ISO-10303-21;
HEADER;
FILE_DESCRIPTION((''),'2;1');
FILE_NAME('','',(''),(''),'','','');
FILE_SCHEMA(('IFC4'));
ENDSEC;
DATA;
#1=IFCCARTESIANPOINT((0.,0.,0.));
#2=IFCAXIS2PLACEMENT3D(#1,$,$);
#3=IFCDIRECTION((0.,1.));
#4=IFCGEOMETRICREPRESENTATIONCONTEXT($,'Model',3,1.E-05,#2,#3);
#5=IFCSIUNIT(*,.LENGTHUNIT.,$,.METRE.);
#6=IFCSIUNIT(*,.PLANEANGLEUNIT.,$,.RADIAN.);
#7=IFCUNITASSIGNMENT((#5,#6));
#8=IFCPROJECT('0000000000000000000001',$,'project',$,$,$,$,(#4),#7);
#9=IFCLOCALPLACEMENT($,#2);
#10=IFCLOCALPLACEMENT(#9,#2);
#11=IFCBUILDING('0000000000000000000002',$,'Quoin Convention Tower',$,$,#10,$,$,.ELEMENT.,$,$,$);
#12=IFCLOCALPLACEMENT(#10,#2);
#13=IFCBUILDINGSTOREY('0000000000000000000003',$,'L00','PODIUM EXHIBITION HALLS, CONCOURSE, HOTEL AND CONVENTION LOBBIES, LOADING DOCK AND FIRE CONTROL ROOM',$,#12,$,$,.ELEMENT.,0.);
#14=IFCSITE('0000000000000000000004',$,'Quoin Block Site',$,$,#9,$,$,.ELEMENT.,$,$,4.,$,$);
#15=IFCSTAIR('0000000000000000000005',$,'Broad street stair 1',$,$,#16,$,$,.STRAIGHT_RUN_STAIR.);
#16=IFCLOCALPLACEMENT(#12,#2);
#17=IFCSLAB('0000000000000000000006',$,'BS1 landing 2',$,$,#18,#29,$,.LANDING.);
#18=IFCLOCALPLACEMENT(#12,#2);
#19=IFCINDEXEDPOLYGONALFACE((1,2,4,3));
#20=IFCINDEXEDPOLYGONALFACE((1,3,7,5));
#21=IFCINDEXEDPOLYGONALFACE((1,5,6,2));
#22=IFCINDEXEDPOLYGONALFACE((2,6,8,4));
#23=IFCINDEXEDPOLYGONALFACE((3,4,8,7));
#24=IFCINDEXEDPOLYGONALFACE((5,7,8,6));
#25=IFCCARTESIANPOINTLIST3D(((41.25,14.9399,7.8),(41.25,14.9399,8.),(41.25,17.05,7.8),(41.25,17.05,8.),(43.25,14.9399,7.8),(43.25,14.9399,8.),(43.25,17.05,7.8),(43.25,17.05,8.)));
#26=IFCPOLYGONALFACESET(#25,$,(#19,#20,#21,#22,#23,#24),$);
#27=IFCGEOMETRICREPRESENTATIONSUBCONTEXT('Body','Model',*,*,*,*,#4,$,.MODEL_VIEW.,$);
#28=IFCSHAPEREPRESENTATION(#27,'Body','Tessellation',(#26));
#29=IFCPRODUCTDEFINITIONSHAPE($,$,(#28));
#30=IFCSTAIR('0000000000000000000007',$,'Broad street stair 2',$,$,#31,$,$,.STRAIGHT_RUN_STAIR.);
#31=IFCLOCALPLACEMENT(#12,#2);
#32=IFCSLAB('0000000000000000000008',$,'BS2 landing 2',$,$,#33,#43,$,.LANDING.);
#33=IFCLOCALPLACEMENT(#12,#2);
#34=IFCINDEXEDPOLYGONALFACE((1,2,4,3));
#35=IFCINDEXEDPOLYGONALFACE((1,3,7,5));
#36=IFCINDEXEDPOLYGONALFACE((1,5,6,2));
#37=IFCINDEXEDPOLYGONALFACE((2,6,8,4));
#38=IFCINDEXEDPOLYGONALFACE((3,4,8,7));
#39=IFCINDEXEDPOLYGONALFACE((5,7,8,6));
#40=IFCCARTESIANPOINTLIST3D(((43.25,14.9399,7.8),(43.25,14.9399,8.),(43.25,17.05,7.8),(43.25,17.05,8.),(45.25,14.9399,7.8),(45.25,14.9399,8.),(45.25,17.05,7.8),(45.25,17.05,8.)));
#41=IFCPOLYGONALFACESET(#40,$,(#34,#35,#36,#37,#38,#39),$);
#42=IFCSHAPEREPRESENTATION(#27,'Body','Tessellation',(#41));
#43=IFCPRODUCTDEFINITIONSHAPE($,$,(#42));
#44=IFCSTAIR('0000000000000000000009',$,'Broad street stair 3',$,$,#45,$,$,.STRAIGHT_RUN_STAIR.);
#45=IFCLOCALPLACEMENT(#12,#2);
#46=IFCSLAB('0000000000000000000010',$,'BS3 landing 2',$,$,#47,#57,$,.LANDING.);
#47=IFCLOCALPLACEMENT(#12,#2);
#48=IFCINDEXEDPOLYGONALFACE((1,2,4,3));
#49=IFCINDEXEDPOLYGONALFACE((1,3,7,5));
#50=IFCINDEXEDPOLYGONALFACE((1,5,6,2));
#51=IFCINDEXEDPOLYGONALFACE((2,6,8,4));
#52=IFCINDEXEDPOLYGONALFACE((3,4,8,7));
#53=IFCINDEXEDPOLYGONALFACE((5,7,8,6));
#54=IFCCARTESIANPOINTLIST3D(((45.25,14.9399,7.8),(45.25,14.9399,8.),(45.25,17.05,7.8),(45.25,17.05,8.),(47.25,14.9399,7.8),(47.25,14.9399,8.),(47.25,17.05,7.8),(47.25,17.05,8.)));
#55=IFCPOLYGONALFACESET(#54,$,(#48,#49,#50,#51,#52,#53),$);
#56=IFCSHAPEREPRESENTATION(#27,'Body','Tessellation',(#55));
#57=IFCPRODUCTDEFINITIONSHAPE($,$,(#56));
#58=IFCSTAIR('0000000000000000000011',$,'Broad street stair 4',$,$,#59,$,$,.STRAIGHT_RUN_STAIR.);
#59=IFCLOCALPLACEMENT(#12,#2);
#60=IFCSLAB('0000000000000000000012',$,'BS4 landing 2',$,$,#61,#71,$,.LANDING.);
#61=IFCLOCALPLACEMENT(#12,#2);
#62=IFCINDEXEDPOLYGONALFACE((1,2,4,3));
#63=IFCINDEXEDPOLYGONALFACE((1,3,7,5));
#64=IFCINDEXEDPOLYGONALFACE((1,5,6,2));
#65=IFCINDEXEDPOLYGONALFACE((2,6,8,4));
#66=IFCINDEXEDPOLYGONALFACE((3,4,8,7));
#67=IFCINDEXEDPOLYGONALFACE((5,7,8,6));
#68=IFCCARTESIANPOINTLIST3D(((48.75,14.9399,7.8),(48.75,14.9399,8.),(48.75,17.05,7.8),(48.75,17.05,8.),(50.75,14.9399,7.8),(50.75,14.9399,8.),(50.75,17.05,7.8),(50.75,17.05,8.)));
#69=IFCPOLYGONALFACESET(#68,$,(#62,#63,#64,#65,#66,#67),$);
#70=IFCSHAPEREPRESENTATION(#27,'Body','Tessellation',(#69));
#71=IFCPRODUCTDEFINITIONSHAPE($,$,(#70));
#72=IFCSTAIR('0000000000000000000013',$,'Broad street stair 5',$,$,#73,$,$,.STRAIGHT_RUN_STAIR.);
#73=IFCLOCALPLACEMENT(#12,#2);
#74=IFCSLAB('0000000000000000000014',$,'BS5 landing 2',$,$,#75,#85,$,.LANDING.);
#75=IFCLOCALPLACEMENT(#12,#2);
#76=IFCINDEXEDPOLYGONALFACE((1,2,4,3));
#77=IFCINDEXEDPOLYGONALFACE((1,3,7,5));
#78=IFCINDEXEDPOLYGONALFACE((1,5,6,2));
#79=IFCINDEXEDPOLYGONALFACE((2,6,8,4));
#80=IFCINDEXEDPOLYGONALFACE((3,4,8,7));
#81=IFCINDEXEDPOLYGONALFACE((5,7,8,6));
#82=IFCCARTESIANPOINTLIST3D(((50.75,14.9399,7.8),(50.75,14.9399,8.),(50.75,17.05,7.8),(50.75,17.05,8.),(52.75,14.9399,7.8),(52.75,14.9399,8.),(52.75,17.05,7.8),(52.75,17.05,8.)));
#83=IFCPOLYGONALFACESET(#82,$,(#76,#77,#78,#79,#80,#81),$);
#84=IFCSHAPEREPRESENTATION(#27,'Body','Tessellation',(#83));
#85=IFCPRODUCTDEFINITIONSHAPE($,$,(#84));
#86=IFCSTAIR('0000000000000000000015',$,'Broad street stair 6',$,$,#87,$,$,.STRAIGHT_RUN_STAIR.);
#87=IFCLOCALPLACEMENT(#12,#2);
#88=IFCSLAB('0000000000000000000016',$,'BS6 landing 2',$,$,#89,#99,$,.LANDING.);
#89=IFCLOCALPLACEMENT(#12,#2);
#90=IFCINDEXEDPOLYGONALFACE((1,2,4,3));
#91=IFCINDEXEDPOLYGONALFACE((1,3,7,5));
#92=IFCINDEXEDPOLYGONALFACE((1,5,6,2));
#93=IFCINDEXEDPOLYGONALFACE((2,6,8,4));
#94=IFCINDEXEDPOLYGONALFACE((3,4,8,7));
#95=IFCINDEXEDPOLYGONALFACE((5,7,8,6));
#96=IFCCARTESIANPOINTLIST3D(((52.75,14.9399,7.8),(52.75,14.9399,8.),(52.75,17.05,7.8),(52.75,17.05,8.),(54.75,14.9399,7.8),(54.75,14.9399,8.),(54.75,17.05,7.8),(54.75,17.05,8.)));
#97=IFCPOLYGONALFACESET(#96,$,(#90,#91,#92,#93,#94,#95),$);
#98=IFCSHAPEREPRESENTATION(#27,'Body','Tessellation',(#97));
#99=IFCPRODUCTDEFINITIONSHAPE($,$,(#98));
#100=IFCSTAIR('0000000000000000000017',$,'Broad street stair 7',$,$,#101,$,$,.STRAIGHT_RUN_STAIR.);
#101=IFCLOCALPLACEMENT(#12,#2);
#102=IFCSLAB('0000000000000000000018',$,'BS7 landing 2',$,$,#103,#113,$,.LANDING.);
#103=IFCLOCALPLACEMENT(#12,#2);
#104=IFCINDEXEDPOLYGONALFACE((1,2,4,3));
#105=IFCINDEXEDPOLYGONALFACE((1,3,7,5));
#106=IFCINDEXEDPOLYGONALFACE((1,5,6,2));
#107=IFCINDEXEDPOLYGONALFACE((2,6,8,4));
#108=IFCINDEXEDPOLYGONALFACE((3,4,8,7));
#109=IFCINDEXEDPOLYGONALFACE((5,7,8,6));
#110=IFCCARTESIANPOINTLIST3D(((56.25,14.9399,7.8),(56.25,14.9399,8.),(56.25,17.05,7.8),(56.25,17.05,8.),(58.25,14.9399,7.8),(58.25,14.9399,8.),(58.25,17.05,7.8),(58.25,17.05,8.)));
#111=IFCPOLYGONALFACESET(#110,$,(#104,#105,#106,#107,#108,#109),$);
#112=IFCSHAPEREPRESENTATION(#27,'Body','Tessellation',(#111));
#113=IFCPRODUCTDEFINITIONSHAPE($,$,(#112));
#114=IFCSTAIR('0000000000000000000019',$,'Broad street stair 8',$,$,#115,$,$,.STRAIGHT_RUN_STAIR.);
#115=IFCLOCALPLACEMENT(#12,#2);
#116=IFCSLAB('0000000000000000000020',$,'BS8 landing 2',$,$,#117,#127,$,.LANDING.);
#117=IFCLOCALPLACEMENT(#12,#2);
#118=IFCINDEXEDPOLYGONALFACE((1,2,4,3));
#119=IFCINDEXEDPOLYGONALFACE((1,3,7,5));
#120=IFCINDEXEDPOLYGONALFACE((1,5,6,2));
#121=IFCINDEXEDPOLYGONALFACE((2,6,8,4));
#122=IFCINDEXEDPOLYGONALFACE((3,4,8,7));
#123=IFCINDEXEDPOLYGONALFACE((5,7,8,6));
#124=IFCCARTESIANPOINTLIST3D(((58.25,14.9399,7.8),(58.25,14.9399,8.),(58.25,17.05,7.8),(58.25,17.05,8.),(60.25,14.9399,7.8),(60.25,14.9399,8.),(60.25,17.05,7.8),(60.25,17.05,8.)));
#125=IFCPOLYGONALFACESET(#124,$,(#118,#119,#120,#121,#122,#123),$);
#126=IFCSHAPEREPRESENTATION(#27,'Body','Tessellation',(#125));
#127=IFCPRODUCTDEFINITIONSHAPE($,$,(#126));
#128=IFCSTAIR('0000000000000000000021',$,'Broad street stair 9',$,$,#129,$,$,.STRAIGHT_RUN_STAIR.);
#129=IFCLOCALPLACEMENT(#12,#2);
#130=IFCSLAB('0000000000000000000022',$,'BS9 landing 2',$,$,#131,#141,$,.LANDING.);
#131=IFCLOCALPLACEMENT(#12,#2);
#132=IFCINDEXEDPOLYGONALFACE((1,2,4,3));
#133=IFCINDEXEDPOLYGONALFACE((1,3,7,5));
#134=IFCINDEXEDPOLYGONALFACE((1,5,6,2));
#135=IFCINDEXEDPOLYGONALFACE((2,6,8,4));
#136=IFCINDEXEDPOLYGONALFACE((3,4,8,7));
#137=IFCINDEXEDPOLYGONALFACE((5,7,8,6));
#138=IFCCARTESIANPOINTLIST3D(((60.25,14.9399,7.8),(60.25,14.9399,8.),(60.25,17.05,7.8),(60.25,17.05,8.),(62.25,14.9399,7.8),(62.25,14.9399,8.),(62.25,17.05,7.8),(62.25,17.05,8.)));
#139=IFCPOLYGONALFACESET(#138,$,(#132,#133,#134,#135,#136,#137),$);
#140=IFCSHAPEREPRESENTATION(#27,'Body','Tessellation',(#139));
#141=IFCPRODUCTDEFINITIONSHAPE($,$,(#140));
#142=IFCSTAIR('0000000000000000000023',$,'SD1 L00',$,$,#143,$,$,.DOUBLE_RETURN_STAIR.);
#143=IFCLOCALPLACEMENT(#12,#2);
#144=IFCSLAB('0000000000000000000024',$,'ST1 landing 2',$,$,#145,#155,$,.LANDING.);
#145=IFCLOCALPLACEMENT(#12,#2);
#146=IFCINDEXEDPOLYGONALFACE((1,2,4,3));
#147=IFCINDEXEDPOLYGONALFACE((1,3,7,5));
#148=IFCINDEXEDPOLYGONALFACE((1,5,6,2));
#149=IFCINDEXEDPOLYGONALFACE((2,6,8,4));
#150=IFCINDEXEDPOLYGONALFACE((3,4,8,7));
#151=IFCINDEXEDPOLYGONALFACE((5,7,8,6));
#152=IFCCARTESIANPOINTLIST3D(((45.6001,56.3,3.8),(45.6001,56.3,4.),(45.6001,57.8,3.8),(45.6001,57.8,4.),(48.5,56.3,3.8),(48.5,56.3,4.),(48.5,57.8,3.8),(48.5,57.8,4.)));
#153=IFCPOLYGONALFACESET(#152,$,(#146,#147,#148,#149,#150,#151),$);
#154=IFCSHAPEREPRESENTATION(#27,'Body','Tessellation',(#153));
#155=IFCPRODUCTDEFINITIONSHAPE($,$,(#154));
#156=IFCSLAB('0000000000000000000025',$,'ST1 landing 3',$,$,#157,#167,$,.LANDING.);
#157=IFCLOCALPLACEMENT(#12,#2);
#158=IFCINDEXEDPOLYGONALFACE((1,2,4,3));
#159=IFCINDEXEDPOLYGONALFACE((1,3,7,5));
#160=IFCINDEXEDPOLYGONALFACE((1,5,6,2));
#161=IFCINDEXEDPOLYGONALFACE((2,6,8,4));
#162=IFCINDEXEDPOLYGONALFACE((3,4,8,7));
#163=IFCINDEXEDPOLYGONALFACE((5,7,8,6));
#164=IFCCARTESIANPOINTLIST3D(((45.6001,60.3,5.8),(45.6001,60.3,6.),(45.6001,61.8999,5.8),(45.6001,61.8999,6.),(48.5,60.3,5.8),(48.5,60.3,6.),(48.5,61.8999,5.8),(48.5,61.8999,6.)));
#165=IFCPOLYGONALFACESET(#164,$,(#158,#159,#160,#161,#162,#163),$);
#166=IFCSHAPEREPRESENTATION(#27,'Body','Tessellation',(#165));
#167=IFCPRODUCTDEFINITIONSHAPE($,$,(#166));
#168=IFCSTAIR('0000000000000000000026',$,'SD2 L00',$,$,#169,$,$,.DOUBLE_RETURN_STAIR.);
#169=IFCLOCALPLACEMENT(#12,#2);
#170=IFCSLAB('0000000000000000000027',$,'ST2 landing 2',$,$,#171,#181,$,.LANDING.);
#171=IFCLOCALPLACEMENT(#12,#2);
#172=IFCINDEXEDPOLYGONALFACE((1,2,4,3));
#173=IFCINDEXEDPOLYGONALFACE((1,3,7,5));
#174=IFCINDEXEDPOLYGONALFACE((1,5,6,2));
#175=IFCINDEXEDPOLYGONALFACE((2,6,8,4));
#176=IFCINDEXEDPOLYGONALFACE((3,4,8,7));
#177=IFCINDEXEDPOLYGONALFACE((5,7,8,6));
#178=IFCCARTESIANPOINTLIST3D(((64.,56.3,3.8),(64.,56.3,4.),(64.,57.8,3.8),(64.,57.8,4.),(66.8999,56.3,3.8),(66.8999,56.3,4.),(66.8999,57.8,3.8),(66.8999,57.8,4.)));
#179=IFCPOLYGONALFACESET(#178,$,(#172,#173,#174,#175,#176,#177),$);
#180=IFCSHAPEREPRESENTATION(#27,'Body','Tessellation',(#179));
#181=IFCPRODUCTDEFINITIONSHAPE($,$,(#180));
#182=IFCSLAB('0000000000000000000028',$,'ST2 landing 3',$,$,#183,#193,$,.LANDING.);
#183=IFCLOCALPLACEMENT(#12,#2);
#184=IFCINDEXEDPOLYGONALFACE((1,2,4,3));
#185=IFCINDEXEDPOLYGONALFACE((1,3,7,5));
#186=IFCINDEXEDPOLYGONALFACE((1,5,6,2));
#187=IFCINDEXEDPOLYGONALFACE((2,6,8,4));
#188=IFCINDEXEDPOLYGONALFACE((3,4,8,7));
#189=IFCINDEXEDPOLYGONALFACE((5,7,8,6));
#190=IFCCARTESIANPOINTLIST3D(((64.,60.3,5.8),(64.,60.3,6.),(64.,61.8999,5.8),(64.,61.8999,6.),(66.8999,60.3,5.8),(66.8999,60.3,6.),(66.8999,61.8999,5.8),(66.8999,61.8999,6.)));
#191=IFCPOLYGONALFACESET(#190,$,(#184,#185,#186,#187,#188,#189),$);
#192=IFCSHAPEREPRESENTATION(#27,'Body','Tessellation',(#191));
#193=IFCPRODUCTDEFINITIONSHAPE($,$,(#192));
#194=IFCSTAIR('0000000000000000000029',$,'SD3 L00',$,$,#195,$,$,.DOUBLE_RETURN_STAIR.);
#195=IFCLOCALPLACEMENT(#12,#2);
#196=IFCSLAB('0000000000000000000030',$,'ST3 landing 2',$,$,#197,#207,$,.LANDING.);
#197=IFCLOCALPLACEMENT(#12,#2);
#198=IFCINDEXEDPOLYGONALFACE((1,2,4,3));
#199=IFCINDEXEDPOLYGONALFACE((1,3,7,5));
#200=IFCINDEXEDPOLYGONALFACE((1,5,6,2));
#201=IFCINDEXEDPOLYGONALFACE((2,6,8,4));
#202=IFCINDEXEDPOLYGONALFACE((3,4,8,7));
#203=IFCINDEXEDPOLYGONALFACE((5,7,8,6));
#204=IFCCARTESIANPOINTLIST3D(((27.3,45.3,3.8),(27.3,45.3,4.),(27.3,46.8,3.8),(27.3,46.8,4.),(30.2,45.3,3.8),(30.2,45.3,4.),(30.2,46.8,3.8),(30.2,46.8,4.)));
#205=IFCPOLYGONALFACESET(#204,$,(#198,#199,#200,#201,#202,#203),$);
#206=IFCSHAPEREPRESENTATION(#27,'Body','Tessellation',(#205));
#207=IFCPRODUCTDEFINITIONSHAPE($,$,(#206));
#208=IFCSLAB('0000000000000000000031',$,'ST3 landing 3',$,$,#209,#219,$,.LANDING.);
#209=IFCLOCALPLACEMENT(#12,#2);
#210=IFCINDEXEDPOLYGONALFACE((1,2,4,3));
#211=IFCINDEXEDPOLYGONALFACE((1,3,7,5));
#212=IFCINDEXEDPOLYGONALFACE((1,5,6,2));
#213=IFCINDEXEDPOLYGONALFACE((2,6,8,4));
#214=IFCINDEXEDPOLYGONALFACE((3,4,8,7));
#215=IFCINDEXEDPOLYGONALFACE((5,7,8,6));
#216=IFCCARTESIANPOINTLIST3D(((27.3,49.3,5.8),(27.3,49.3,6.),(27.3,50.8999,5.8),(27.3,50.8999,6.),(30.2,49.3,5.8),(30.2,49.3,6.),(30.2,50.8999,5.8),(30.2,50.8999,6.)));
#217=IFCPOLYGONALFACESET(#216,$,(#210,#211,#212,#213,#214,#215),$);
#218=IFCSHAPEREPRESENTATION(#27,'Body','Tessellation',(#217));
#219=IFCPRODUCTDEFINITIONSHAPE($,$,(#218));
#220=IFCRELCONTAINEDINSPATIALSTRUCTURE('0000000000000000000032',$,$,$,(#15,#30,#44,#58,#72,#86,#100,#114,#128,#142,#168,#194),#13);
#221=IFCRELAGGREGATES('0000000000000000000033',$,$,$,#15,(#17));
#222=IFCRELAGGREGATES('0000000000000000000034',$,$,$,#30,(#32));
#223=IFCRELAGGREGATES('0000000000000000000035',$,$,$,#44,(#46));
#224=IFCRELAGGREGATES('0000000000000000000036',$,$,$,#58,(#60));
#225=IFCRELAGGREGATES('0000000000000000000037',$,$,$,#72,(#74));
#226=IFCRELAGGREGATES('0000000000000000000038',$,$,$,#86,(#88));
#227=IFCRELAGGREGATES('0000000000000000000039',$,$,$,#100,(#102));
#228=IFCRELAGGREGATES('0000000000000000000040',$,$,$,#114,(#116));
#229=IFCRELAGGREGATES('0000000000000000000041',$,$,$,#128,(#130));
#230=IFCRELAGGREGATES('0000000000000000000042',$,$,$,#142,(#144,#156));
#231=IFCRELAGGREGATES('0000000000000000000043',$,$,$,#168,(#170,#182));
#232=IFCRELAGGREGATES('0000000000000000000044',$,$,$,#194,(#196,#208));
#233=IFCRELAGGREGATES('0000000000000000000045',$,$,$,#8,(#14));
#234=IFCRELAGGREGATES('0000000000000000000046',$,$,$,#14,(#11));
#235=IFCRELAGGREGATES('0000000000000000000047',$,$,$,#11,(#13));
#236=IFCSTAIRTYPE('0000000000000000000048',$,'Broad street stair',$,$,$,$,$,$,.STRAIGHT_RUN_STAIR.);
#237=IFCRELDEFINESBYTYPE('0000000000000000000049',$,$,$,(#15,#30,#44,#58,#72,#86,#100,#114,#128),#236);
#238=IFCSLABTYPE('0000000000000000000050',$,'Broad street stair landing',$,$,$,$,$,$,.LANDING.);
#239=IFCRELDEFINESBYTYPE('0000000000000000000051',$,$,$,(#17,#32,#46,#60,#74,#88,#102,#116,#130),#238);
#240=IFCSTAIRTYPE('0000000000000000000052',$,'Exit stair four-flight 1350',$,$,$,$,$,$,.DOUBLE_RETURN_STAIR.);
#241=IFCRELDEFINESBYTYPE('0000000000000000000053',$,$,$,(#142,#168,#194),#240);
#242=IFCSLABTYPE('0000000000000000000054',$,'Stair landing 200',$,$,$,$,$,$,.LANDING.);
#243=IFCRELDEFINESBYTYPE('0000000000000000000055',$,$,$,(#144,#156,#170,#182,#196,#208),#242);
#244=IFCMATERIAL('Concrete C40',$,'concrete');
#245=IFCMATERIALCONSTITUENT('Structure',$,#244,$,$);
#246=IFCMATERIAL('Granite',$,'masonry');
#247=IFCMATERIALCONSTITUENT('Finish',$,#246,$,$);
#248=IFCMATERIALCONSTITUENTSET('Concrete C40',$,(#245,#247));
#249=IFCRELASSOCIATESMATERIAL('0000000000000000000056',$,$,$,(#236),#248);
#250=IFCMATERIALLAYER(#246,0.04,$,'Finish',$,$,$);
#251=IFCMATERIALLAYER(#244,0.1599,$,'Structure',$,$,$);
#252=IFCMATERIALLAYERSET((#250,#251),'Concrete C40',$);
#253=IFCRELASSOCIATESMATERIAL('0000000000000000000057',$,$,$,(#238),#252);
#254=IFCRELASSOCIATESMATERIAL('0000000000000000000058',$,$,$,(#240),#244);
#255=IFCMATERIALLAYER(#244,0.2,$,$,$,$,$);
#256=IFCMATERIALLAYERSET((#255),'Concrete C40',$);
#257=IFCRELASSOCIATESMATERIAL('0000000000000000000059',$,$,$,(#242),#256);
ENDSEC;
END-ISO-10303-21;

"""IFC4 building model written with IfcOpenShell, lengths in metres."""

from ifc_helpers import new_model, si_unit, direction, frame, origin, place, context, subcontext, project, spatial, polyline, outline, extrude, material, layer, layer_set, constituent, constituent_set, type_object, element, aggregate, save


model = new_model("IFC4")

# Units and contexts
model_context = context("Model", 3, precision=1e-05, world=origin(), true_north=direction((0.0, 1.0)))
body_context = subcontext(model_context, "Body", "Model", "MODEL_VIEW")
ifc_project = project(units=[si_unit("LENGTHUNIT", "METRE"), si_unit("PLANEANGLEUNIT", "RADIAN")], contexts=[model_context])

# Site, building, storey
site_placement = place(None, origin())
site = spatial("IfcSite", under=ifc_project, at=site_placement, Name="Quoin Block Site", CompositionType="ELEMENT", RefElevation=4.0)
building_placement = place(site_placement, origin())
building = spatial("IfcBuilding", under=site, at=building_placement, Name="Quoin Convention Tower", CompositionType="ELEMENT")
storey_placement = place(building_placement, origin())
storey = spatial("IfcBuildingStorey", under=building, at=storey_placement, Name="L00", Description="PODIUM EXHIBITION HALLS, CONCOURSE, HOTEL AND CONVENTION LOBBIES, LOADING DOCK AND FIRE CONTROL ROOM", CompositionType="ELEMENT", Elevation=0.0)

# Stairs, slabs
ifc_material_1 = material(Name="Concrete C40", Category="concrete")
ifc_constituent_1 = constituent(ifc_material_1, Name="Structure")
ifc_material_2 = material(Name="Granite", Category="masonry")
ifc_constituent_2 = constituent(ifc_material_2, Name="Finish")
ifc_constituent_set = constituent_set(constituents=[ifc_constituent_1, ifc_constituent_2], Name="Concrete C40")
stair_type_1 = type_object("IfcStairType", Name="Broad street stair", PredefinedType="STRAIGHT_RUN_STAIR", material=ifc_constituent_set)
stair_1_placement = place(storey_placement, origin())
stair_1 = element("IfcStair", 1, at=stair_1_placement, inside=storey, type_object=stair_type_1, Name="Broad street stair 1", PredefinedType="STRAIGHT_RUN_STAIR")
ifc_layer_1 = layer(ifc_material_2, 0.04, Name="Finish")
ifc_layer_2 = layer(ifc_material_1, 0.1599, Name="Structure")
ifc_layer_set_1 = layer_set([ifc_layer_1, ifc_layer_2], Name="Concrete C40")
slab_type_1 = type_object("IfcSlabType", Name="Broad street stair landing", PredefinedType="LANDING", material=ifc_layer_set_1)
slab_1_placement = place(storey_placement, frame((0.0, 0.0, 7.8)))
slab_1 = element("IfcSlab", 2, at=slab_1_placement, type_object=slab_type_1, Name="BS1 landing 2", PredefinedType="LANDING", context=body_context, shape_type="SweptSolid", body=[
    extrude(outline(polyline([(41.25, 14.9399), (43.25, 14.9399), (43.25, 17.05), (41.25, 17.05), (41.25, 14.9399)])), origin(), (0.0, 0.0, 1.0), 0.2),
])
aggregate(stair_1, [slab_1])
stair_2_placement = place(storey_placement, origin())
stair_2 = element("IfcStair", 3, at=stair_2_placement, inside=storey, type_object=stair_type_1, Name="Broad street stair 2", PredefinedType="STRAIGHT_RUN_STAIR")
slab_2_placement = place(storey_placement, frame((0.0, 0.0, 7.8)))
slab_2 = element("IfcSlab", 4, at=slab_2_placement, type_object=slab_type_1, Name="BS2 landing 2", PredefinedType="LANDING", context=body_context, shape_type="SweptSolid", body=[
    extrude(outline(polyline([(43.25, 14.9399), (45.25, 14.9399), (45.25, 17.05), (43.25, 17.05), (43.25, 14.9399)])), origin(), (0.0, 0.0, 1.0), 0.2),
])
aggregate(stair_2, [slab_2])
stair_3_placement = place(storey_placement, origin())
stair_3 = element("IfcStair", 5, at=stair_3_placement, inside=storey, type_object=stair_type_1, Name="Broad street stair 3", PredefinedType="STRAIGHT_RUN_STAIR")
slab_3_placement = place(storey_placement, frame((0.0, 0.0, 7.8)))
slab_3 = element("IfcSlab", 6, at=slab_3_placement, type_object=slab_type_1, Name="BS3 landing 2", PredefinedType="LANDING", context=body_context, shape_type="SweptSolid", body=[
    extrude(outline(polyline([(45.25, 14.9399), (47.25, 14.9399), (47.25, 17.05), (45.25, 17.05), (45.25, 14.9399)])), origin(), (0.0, 0.0, 1.0), 0.2),
])
aggregate(stair_3, [slab_3])
stair_4_placement = place(storey_placement, origin())
stair_4 = element("IfcStair", 7, at=stair_4_placement, inside=storey, type_object=stair_type_1, Name="Broad street stair 4", PredefinedType="STRAIGHT_RUN_STAIR")
slab_4_placement = place(storey_placement, frame((0.0, 0.0, 7.8)))
slab_4 = element("IfcSlab", 8, at=slab_4_placement, type_object=slab_type_1, Name="BS4 landing 2", PredefinedType="LANDING", context=body_context, shape_type="SweptSolid", body=[
    extrude(outline(polyline([(48.75, 14.9399), (50.75, 14.9399), (50.75, 17.05), (48.75, 17.05), (48.75, 14.9399)])), origin(), (0.0, 0.0, 1.0), 0.2),
])
aggregate(stair_4, [slab_4])
stair_5_placement = place(storey_placement, origin())
stair_5 = element("IfcStair", 9, at=stair_5_placement, inside=storey, type_object=stair_type_1, Name="Broad street stair 5", PredefinedType="STRAIGHT_RUN_STAIR")
slab_5_placement = place(storey_placement, frame((0.0, 0.0, 7.8)))
slab_5 = element("IfcSlab", 10, at=slab_5_placement, type_object=slab_type_1, Name="BS5 landing 2", PredefinedType="LANDING", context=body_context, shape_type="SweptSolid", body=[
    extrude(outline(polyline([(50.75, 14.9399), (52.75, 14.9399), (52.75, 17.05), (50.75, 17.05), (50.75, 14.9399)])), origin(), (0.0, 0.0, 1.0), 0.2),
])
aggregate(stair_5, [slab_5])
stair_6_placement = place(storey_placement, origin())
stair_6 = element("IfcStair", 11, at=stair_6_placement, inside=storey, type_object=stair_type_1, Name="Broad street stair 6", PredefinedType="STRAIGHT_RUN_STAIR")
slab_6_placement = place(storey_placement, frame((0.0, 0.0, 7.8)))
slab_6 = element("IfcSlab", 12, at=slab_6_placement, type_object=slab_type_1, Name="BS6 landing 2", PredefinedType="LANDING", context=body_context, shape_type="SweptSolid", body=[
    extrude(outline(polyline([(52.75, 14.9399), (54.75, 14.9399), (54.75, 17.05), (52.75, 17.05), (52.75, 14.9399)])), origin(), (0.0, 0.0, 1.0), 0.2),
])
aggregate(stair_6, [slab_6])
stair_7_placement = place(storey_placement, origin())
stair_7 = element("IfcStair", 13, at=stair_7_placement, inside=storey, type_object=stair_type_1, Name="Broad street stair 7", PredefinedType="STRAIGHT_RUN_STAIR")
slab_7_placement = place(storey_placement, frame((0.0, 0.0, 7.8)))
slab_7 = element("IfcSlab", 14, at=slab_7_placement, type_object=slab_type_1, Name="BS7 landing 2", PredefinedType="LANDING", context=body_context, shape_type="SweptSolid", body=[
    extrude(outline(polyline([(56.25, 14.9399), (58.25, 14.9399), (58.25, 17.05), (56.25, 17.05), (56.25, 14.9399)])), origin(), (0.0, 0.0, 1.0), 0.2),
])
aggregate(stair_7, [slab_7])
stair_8_placement = place(storey_placement, origin())
stair_8 = element("IfcStair", 15, at=stair_8_placement, inside=storey, type_object=stair_type_1, Name="Broad street stair 8", PredefinedType="STRAIGHT_RUN_STAIR")
slab_8_placement = place(storey_placement, frame((0.0, 0.0, 7.8)))
slab_8 = element("IfcSlab", 16, at=slab_8_placement, type_object=slab_type_1, Name="BS8 landing 2", PredefinedType="LANDING", context=body_context, shape_type="SweptSolid", body=[
    extrude(outline(polyline([(58.25, 14.9399), (60.25, 14.9399), (60.25, 17.05), (58.25, 17.05), (58.25, 14.9399)])), origin(), (0.0, 0.0, 1.0), 0.2),
])
aggregate(stair_8, [slab_8])
stair_9_placement = place(storey_placement, origin())
stair_9 = element("IfcStair", 17, at=stair_9_placement, inside=storey, type_object=stair_type_1, Name="Broad street stair 9", PredefinedType="STRAIGHT_RUN_STAIR")
slab_9_placement = place(storey_placement, frame((0.0, 0.0, 7.8)))
slab_9 = element("IfcSlab", 18, at=slab_9_placement, type_object=slab_type_1, Name="BS9 landing 2", PredefinedType="LANDING", context=body_context, shape_type="SweptSolid", body=[
    extrude(outline(polyline([(60.25, 14.9399), (62.25, 14.9399), (62.25, 17.05), (60.25, 17.05), (60.25, 14.9399)])), origin(), (0.0, 0.0, 1.0), 0.2),
])
aggregate(stair_9, [slab_9])

# Stairs, slabs
stair_type_2 = type_object("IfcStairType", Name="Exit stair four-flight 1350", PredefinedType="DOUBLE_RETURN_STAIR", material=ifc_material_1)
stair_10_placement = place(storey_placement, origin())
stair_10 = element("IfcStair", 19, at=stair_10_placement, inside=storey, type_object=stair_type_2, Name="SD1 L00", PredefinedType="DOUBLE_RETURN_STAIR")
ifc_layer_3 = layer(ifc_material_1, 0.2)
ifc_layer_set_2 = layer_set([ifc_layer_3], Name="Concrete C40")
slab_type_2 = type_object("IfcSlabType", Name="Stair landing 200", PredefinedType="LANDING", material=ifc_layer_set_2)
slab_10_placement = place(storey_placement, frame((0.0, 0.0, 3.8)))
slab_10 = element("IfcSlab", 20, at=slab_10_placement, type_object=slab_type_2, Name="ST1 landing 2", PredefinedType="LANDING", context=body_context, shape_type="SweptSolid", body=[
    extrude(outline(polyline([(45.6001, 56.3), (48.5, 56.3), (48.5, 57.8), (45.6001, 57.8), (45.6001, 56.3)])), origin(), (0.0, 0.0, 1.0), 0.2),
])
slab_11_placement = place(storey_placement, frame((0.0, 0.0, 5.8)))
slab_11 = element("IfcSlab", 21, at=slab_11_placement, type_object=slab_type_2, Name="ST1 landing 3", PredefinedType="LANDING", context=body_context, shape_type="SweptSolid", body=[
    extrude(outline(polyline([(45.6001, 60.3), (48.5, 60.3), (48.5, 61.8999), (45.6001, 61.8999), (45.6001, 60.3)])), origin(), (0.0, 0.0, 1.0), 0.2),
])
aggregate(stair_10, [slab_10, slab_11])
stair_11_placement = place(storey_placement, origin())
stair_11 = element("IfcStair", 22, at=stair_11_placement, inside=storey, type_object=stair_type_2, Name="SD2 L00", PredefinedType="DOUBLE_RETURN_STAIR")
slab_12_placement = place(storey_placement, frame((0.0, 0.0, 3.8)))
slab_12 = element("IfcSlab", 23, at=slab_12_placement, type_object=slab_type_2, Name="ST2 landing 2", PredefinedType="LANDING", context=body_context, shape_type="SweptSolid", body=[
    extrude(outline(polyline([(64.0, 56.3), (66.8999, 56.3), (66.8999, 57.8), (64.0, 57.8), (64.0, 56.3)])), origin(), (0.0, 0.0, 1.0), 0.2),
])
slab_13_placement = place(storey_placement, frame((0.0, 0.0, 5.8)))
slab_13 = element("IfcSlab", 24, at=slab_13_placement, type_object=slab_type_2, Name="ST2 landing 3", PredefinedType="LANDING", context=body_context, shape_type="SweptSolid", body=[
    extrude(outline(polyline([(64.0, 60.3), (66.8999, 60.3), (66.8999, 61.8999), (64.0, 61.8999), (64.0, 60.3)])), origin(), (0.0, 0.0, 1.0), 0.2),
])
aggregate(stair_11, [slab_12, slab_13])
stair_12_placement = place(storey_placement, origin())
stair_12 = element("IfcStair", 25, at=stair_12_placement, inside=storey, type_object=stair_type_2, Name="SD3 L00", PredefinedType="DOUBLE_RETURN_STAIR")
slab_14_placement = place(storey_placement, frame((0.0, 0.0, 3.8)))
slab_14 = element("IfcSlab", 26, at=slab_14_placement, type_object=slab_type_2, Name="ST3 landing 2", PredefinedType="LANDING", context=body_context, shape_type="SweptSolid", body=[
    extrude(outline(polyline([(27.3, 45.3), (30.2, 45.3), (30.2, 46.8), (27.3, 46.8), (27.3, 45.3)])), origin(), (0.0, 0.0, 1.0), 0.2),
])
slab_15_placement = place(storey_placement, frame((0.0, 0.0, 5.8)))
slab_15 = element("IfcSlab", 27, at=slab_15_placement, type_object=slab_type_2, Name="ST3 landing 3", PredefinedType="LANDING", context=body_context, shape_type="SweptSolid", body=[
    extrude(outline(polyline([(27.3, 49.3), (30.2, 49.3), (30.2, 50.8999), (27.3, 50.8999), (27.3, 49.3)])), origin(), (0.0, 0.0, 1.0), 0.2),
])
aggregate(stair_12, [slab_14, slab_15])

save(model, "model.ifc")
